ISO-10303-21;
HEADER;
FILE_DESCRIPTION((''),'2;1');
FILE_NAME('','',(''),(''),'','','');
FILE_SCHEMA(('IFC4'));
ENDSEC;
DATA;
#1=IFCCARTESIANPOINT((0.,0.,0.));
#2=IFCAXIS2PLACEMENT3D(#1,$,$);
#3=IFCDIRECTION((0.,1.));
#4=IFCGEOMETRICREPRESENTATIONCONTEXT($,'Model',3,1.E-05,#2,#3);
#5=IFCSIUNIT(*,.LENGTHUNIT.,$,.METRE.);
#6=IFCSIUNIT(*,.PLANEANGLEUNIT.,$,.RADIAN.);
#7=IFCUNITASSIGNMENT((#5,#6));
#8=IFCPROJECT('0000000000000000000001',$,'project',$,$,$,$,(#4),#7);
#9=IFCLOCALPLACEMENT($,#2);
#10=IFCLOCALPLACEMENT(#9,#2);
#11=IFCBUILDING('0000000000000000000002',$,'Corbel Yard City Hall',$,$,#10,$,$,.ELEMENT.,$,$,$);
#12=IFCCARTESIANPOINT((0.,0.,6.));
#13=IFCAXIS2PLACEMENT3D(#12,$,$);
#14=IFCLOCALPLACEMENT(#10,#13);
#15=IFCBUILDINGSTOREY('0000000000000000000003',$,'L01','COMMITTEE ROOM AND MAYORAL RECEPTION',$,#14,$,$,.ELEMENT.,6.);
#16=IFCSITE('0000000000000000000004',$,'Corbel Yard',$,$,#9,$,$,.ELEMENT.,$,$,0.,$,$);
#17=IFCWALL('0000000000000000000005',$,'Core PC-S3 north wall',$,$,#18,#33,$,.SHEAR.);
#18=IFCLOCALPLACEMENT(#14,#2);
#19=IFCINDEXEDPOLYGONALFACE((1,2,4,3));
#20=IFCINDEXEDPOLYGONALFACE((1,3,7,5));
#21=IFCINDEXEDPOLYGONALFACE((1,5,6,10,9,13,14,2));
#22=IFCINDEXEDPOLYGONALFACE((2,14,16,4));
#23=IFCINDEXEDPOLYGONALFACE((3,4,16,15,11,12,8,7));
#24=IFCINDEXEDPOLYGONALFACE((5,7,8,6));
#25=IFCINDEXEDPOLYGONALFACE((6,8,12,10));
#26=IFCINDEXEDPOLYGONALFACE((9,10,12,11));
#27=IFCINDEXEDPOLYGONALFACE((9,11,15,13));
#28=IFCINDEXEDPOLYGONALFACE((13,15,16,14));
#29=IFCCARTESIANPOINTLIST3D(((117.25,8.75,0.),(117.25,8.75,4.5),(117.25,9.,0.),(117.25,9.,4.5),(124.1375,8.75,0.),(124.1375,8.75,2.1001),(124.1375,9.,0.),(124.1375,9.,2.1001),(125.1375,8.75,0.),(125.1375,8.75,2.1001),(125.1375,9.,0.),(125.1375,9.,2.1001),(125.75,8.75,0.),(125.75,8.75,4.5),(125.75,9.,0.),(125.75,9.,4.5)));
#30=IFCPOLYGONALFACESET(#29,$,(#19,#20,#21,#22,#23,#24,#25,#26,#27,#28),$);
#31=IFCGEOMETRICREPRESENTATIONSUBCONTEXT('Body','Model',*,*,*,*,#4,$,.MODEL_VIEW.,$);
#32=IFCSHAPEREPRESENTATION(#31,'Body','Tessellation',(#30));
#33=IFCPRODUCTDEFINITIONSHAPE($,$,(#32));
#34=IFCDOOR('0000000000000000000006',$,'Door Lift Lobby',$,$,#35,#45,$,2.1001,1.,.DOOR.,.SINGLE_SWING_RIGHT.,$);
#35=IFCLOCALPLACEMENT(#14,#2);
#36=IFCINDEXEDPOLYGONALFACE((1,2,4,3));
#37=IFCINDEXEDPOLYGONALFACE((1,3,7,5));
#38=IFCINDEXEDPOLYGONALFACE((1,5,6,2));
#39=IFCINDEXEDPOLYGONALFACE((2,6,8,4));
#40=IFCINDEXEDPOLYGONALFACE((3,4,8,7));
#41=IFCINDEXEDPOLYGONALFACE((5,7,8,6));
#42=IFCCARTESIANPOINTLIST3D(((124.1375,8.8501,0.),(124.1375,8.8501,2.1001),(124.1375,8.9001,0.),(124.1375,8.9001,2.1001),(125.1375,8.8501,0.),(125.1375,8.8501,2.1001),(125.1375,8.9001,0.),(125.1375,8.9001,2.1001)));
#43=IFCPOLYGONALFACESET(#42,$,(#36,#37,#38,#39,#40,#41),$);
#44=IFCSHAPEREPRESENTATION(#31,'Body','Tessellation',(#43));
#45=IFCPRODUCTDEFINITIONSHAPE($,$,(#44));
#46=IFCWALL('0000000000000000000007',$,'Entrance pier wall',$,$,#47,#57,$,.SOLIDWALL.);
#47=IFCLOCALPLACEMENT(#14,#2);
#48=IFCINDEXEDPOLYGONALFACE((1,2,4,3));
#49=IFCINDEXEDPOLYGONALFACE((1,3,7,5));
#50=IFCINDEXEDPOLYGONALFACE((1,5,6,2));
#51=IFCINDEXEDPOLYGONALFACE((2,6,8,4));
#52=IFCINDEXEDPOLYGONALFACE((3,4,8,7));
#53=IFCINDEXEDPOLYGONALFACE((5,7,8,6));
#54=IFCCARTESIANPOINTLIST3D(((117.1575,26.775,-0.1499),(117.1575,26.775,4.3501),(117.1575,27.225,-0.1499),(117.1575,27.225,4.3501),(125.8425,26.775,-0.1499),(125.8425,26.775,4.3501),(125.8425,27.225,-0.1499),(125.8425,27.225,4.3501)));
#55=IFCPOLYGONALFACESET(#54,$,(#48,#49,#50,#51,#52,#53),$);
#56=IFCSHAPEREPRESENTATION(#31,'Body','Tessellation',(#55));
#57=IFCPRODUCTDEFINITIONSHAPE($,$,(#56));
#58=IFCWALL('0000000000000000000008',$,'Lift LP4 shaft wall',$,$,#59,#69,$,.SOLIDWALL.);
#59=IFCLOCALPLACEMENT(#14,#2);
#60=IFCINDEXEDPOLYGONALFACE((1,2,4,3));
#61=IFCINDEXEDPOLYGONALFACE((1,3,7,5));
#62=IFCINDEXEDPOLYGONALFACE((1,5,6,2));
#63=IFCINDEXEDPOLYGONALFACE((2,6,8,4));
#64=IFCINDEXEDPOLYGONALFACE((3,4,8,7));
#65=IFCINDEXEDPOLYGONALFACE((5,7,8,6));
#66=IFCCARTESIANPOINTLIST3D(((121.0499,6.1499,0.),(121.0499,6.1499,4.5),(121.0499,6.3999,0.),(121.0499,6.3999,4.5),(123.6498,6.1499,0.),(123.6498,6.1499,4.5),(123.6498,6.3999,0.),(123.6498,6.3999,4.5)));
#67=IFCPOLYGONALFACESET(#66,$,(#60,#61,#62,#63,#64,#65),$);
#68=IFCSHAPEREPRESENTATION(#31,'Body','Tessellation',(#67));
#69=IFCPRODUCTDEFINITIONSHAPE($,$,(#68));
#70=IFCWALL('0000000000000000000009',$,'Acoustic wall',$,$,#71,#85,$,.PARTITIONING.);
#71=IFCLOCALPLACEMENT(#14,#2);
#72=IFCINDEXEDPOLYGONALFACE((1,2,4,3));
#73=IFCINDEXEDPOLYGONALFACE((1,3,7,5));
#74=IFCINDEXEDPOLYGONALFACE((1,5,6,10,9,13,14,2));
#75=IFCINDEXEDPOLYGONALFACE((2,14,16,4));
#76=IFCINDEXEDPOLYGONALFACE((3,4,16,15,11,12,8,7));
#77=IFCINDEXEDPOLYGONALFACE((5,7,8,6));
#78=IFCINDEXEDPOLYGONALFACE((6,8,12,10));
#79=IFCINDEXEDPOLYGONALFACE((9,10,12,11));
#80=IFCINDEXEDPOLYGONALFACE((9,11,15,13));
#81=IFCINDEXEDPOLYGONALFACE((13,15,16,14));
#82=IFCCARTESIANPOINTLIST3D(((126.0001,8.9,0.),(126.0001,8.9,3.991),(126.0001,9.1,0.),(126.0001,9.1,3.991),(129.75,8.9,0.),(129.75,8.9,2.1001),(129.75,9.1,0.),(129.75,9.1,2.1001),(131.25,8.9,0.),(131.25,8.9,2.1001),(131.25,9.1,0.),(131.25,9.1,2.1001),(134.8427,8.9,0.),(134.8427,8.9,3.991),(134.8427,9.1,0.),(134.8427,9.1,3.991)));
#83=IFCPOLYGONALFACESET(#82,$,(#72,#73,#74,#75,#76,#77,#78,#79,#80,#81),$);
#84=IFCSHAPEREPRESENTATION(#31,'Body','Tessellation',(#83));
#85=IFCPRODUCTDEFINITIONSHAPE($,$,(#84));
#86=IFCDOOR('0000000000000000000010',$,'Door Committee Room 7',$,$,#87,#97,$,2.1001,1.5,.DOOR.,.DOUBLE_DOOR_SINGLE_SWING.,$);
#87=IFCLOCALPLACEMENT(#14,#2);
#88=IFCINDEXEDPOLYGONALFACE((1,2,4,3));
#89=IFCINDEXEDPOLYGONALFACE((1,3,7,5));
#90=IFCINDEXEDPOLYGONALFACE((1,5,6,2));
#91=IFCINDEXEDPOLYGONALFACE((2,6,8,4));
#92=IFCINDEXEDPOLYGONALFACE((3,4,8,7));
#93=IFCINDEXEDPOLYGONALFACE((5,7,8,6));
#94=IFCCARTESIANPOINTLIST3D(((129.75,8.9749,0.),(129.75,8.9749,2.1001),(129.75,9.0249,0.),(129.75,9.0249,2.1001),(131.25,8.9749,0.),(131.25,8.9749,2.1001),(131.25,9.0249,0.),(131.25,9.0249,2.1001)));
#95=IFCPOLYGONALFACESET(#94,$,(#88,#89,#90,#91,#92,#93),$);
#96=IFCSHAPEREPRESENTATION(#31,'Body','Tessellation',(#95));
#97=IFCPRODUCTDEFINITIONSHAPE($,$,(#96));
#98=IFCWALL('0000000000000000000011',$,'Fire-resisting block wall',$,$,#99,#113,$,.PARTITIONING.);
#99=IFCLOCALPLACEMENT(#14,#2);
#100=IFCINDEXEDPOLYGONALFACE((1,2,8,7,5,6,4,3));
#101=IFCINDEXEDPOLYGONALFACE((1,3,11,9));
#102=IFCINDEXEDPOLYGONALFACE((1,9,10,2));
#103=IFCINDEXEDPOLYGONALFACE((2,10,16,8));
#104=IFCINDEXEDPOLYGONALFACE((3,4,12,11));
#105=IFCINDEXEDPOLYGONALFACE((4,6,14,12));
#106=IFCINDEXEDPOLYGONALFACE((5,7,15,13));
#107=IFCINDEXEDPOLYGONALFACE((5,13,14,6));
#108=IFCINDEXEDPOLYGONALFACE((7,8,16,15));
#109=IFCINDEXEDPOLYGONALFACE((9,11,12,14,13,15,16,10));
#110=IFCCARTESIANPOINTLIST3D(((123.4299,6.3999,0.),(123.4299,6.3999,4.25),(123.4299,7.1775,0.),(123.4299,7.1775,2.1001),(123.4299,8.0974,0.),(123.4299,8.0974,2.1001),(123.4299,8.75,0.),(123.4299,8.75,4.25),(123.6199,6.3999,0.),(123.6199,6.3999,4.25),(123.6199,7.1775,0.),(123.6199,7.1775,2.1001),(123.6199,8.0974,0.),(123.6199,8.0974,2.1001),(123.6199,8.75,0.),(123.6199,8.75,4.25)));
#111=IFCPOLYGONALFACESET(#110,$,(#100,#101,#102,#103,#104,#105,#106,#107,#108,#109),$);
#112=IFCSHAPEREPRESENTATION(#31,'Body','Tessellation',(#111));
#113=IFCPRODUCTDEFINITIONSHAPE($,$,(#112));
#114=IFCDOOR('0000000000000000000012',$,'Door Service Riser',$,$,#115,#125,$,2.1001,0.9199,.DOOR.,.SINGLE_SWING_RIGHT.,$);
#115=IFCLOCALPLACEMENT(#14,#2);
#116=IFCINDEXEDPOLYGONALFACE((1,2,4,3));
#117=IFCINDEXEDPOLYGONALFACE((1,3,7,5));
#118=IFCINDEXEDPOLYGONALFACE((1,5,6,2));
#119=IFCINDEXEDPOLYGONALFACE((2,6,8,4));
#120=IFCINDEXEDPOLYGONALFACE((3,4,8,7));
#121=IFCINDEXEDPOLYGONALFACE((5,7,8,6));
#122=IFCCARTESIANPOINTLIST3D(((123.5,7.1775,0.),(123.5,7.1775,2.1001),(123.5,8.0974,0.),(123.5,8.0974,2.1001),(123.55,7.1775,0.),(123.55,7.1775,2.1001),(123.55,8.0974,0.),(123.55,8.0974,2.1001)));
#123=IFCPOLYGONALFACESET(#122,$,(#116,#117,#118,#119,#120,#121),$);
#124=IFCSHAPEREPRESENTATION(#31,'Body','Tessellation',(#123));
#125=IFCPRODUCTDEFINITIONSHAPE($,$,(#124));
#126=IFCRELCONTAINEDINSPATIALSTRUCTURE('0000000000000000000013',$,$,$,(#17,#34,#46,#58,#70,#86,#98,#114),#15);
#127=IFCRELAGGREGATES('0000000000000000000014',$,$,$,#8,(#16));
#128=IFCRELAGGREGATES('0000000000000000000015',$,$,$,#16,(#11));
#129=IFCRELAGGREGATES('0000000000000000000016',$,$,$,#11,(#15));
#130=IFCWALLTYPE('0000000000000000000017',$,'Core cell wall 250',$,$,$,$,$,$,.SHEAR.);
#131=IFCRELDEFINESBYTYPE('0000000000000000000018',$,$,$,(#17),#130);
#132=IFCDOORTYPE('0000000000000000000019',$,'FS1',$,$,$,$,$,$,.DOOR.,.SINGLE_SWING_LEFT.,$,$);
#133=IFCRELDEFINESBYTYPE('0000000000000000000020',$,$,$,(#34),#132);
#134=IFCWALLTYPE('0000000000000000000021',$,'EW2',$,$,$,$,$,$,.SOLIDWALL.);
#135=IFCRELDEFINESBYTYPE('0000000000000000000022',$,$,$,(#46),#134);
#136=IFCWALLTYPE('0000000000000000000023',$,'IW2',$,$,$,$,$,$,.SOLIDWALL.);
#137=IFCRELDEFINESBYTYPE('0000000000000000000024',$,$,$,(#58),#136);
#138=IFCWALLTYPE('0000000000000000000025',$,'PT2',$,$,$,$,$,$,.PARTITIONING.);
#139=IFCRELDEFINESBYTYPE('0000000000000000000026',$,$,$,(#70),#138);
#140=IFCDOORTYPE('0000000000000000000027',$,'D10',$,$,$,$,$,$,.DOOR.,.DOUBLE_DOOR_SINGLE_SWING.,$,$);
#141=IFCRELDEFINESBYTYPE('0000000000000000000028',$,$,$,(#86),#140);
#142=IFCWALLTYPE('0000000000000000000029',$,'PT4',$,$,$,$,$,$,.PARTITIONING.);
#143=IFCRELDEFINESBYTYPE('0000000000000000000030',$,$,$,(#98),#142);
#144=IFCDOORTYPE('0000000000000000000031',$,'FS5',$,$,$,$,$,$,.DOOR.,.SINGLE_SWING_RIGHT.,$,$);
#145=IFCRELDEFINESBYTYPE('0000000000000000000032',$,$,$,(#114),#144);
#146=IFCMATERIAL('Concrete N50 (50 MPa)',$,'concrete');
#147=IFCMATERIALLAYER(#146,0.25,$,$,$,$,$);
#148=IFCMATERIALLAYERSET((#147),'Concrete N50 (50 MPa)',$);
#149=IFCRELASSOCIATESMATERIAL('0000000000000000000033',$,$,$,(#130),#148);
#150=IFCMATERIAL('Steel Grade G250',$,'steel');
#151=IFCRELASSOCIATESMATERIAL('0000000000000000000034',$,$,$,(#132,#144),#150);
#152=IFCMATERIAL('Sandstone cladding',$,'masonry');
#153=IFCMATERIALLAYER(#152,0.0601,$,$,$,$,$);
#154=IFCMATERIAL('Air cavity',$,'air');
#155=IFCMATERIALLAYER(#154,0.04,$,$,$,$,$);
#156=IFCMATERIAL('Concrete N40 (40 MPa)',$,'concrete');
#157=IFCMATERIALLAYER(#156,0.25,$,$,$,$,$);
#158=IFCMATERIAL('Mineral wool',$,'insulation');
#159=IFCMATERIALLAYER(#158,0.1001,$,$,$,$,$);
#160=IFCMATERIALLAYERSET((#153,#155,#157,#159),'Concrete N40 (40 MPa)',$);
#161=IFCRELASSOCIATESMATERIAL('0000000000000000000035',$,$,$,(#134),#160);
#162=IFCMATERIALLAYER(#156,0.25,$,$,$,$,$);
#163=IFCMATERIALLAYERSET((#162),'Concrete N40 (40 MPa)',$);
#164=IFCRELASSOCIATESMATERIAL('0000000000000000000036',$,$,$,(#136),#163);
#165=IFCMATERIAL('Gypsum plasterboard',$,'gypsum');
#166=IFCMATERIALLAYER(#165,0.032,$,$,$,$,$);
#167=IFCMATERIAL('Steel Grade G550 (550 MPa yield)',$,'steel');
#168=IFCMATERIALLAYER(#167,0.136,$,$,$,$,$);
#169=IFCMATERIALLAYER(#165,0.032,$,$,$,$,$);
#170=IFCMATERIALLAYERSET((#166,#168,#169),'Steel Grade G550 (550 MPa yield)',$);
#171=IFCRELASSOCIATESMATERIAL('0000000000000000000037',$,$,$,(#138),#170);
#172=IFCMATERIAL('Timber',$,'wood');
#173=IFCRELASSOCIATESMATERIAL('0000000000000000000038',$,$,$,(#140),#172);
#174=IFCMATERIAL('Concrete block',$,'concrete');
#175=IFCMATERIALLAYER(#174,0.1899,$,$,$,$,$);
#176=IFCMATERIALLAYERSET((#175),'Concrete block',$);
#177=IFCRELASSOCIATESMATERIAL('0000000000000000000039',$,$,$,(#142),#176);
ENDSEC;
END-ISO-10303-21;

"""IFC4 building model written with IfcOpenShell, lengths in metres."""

from ifc_helpers import new_model, si_unit, direction, frame, frame_2d, origin, place, context, subcontext, project, spatial, rectangle, extrude, material, layer, layer_set, type_object, element, fill, save


model = new_model("IFC4")

# Units and contexts
model_context = context("Model", 3, precision=1e-05, world=origin(), true_north=direction((0.0, 1.0)))
body_context = subcontext(model_context, "Body", "Model", "MODEL_VIEW")
ifc_project = project(units=[si_unit("LENGTHUNIT", "METRE"), si_unit("PLANEANGLEUNIT", "RADIAN")], contexts=[model_context])

# Site, building, storey
site_placement = place(None, origin())
site = spatial("IfcSite", under=ifc_project, at=site_placement, Name="Corbel Yard", CompositionType="ELEMENT", RefElevation=0.0)
building_placement = place(site_placement, origin())
building = spatial("IfcBuilding", under=site, at=building_placement, Name="Corbel Yard City Hall", CompositionType="ELEMENT")
storey_placement = place(building_placement, frame((0.0, 0.0, 6.0)))
storey = spatial("IfcBuildingStorey", under=building, at=storey_placement, Name="L01", Description="COMMITTEE ROOM AND MAYORAL RECEPTION", CompositionType="ELEMENT", Elevation=6.0)

# Wall, opening, door
ifc_material_1 = material(Name="Concrete N50 (50 MPa)", Category="concrete")
ifc_layer_1 = layer(ifc_material_1, 0.25)
ifc_layer_set_1 = layer_set([ifc_layer_1], Name="Concrete N50 (50 MPa)")
wall_type_1 = type_object("IfcWallType", Name="Core cell wall 250", PredefinedType="SHEAR", material=ifc_layer_set_1)
wall_1_placement = place(storey_placement, frame((117.25, 8.875, 0.0), z_axis=(0.0, 0.0, 1.0), x_axis=(1.0, 0.0, 0.0)))
wall_1 = element("IfcWall", 1, at=wall_1_placement, inside=storey, type_object=wall_type_1, Name="Core PC-S3 north wall", PredefinedType="SHEAR", context=body_context, shape_type="SweptSolid", body=[
    extrude(rectangle(XDim=8.5, YDim=0.25, at=frame_2d((4.25, 0.0))), origin(), (0.0, 0.0, 1.0), 4.5),
])
opening_1_placement = place(wall_1_placement, frame((6.8875, 0.0, 0.0)))
opening_1 = element("IfcOpeningElement", 2, at=opening_1_placement, cuts=wall_1, PredefinedType="OPENING", context=body_context, shape_type="SweptSolid", body=[
    extrude(rectangle(XDim=1.0, YDim=2.1001, at=frame_2d((0.5, 1.05))), frame((0.0, 0.135, 0.0), z_axis=(0.0, -1.0, 0.0), x_axis=(1.0, 0.0, 0.0)), (0.0, 0.0, 1.0), 0.27),
])
ifc_material_2 = material(Name="Steel Grade G250", Category="steel")
door_type_1 = type_object("IfcDoorType", Name="FS1", OperationType="SINGLE_SWING_LEFT", PredefinedType="DOOR", material=ifc_material_2)
door_1_placement = place(opening_1_placement, frame((1.0, 0.0, 0.0), z_axis=(0.0, 0.0, 1.0), x_axis=(-1.0, 0.0, 0.0)))
door_1 = element("IfcDoor", 3, at=door_1_placement, inside=storey, type_object=door_type_1, Name="Door Lift Lobby", OperationType="SINGLE_SWING_RIGHT", OverallHeight=2.1001, OverallWidth=1.0, PredefinedType="DOOR", context=body_context, shape_type="SweptSolid", body=[
    extrude(rectangle(XDim=1.0, YDim=2.1001, at=frame_2d((0.5, 1.05))), frame((0.0, 0.0249, 0.0), z_axis=(0.0, -1.0, 0.0), x_axis=(1.0, 0.0, 0.0)), (0.0, 0.0, 1.0), 0.05),
])
fill(opening_1, door_1)

# Walls
ifc_material_3 = material(Name="Sandstone cladding", Category="masonry")
ifc_layer_2 = layer(ifc_material_3, 0.0601)
ifc_material_4 = material(Name="Air cavity", Category="air")
ifc_layer_3 = layer(ifc_material_4, 0.04)
ifc_material_5 = material(Name="Concrete N40 (40 MPa)", Category="concrete")
ifc_layer_4 = layer(ifc_material_5, 0.25)
ifc_material_6 = material(Name="Mineral wool", Category="insulation")
ifc_layer_5 = layer(ifc_material_6, 0.1001)
ifc_layer_set_2 = layer_set([ifc_layer_2, ifc_layer_3, ifc_layer_4, ifc_layer_5], Name="Concrete N40 (40 MPa)")
wall_type_2 = type_object("IfcWallType", Name="EW2", PredefinedType="SOLIDWALL", material=ifc_layer_set_2)
wall_2_placement = place(storey_placement, frame((117.1575, 27.0, -0.1499), z_axis=(0.0, 0.0, 1.0), x_axis=(1.0, 0.0, 0.0)))
element("IfcWall", 4, at=wall_2_placement, inside=storey, type_object=wall_type_2, Name="Entrance pier wall", PredefinedType="SOLIDWALL", context=body_context, shape_type="SweptSolid", body=[
    extrude(rectangle(XDim=8.6851, YDim=0.45, at=frame_2d((4.3425, 0.0))), origin(), (0.0, 0.0, 1.0), 4.5),
])
ifc_layer_6 = layer(ifc_material_5, 0.25)
ifc_layer_set_3 = layer_set([ifc_layer_6], Name="Concrete N40 (40 MPa)")
wall_type_3 = type_object("IfcWallType", Name="IW2", PredefinedType="SOLIDWALL", material=ifc_layer_set_3)
wall_3_placement = place(storey_placement, frame((121.05, 6.2749, 0.0), z_axis=(0.0, 0.0, 1.0), x_axis=(1.0, 0.0, 0.0)))
element("IfcWall", 5, at=wall_3_placement, inside=storey, type_object=wall_type_3, Name="Lift LP4 shaft wall", PredefinedType="SOLIDWALL", context=body_context, shape_type="SweptSolid", body=[
    extrude(rectangle(XDim=2.5999, YDim=0.25, at=frame_2d((1.2998, 0.0))), origin(), (0.0, 0.0, 1.0), 4.5),
])

# Walls, openings, doors
ifc_material_7 = material(Name="Gypsum plasterboard", Category="gypsum")
ifc_layer_7 = layer(ifc_material_7, 0.032)
ifc_material_8 = material(Name="Steel Grade G550 (550 MPa yield)", Category="steel")
ifc_layer_8 = layer(ifc_material_8, 0.136)
ifc_layer_9 = layer(ifc_material_7, 0.032)
ifc_layer_set_4 = layer_set([ifc_layer_7, ifc_layer_8, ifc_layer_9], Name="Steel Grade G550 (550 MPa yield)")
wall_type_4 = type_object("IfcWallType", Name="PT2", PredefinedType="PARTITIONING", material=ifc_layer_set_4)
wall_4_placement = place(storey_placement, frame((126.0, 9.0, 0.0), z_axis=(0.0, 0.0, 1.0), x_axis=(1.0, 0.0, 0.0)))
wall_4 = element("IfcWall", 6, at=wall_4_placement, inside=storey, type_object=wall_type_4, Name="Acoustic wall", PredefinedType="PARTITIONING", context=body_context, shape_type="SweptSolid", body=[
    extrude(rectangle(XDim=8.8425, YDim=0.2, at=frame_2d((4.4214, 0.0))), origin(), (0.0, 0.0, 1.0), 3.991),
])
opening_2_placement = place(wall_4_placement, frame((3.75, 0.0, 0.0)))
opening_2 = element("IfcOpeningElement", 7, at=opening_2_placement, cuts=wall_4, PredefinedType="OPENING", context=body_context, shape_type="SweptSolid", body=[
    extrude(rectangle(XDim=1.5, YDim=2.1001, at=frame_2d((0.75, 1.05))), frame((0.0, 0.1099, 0.0), z_axis=(0.0, -1.0, 0.0), x_axis=(1.0, 0.0, 0.0)), (0.0, 0.0, 1.0), 0.22),
])
ifc_material_9 = material(Name="Timber", Category="wood")
door_type_2 = type_object("IfcDoorType", Name="D10", OperationType="DOUBLE_DOOR_SINGLE_SWING", PredefinedType="DOOR", material=ifc_material_9)
door_2_placement = place(opening_2_placement, origin())
door_2 = element("IfcDoor", 8, at=door_2_placement, inside=storey, type_object=door_type_2, Name="Door Committee Room 7", OperationType="DOUBLE_DOOR_SINGLE_SWING", OverallHeight=2.1001, OverallWidth=1.5, PredefinedType="DOOR", context=body_context, shape_type="SweptSolid", body=[
    extrude(rectangle(XDim=1.5, YDim=2.1001, at=frame_2d((0.75, 1.05))), frame((0.0, 0.0249, 0.0), z_axis=(0.0, -1.0, 0.0), x_axis=(1.0, 0.0, 0.0)), (0.0, 0.0, 1.0), 0.05),
])
fill(opening_2, door_2)
ifc_material_10 = material(Name="Concrete block", Category="concrete")
ifc_layer_10 = layer(ifc_material_10, 0.1899)
ifc_layer_set_5 = layer_set([ifc_layer_10], Name="Concrete block")
wall_type_5 = type_object("IfcWallType", Name="PT4", PredefinedType="PARTITIONING", material=ifc_layer_set_5)
wall_5_placement = place(storey_placement, frame((123.5249, 6.3999, 0.0), z_axis=(0.0, 0.0, 1.0), x_axis=(0.0, 1.0, 0.0)))
wall_5 = element("IfcWall", 9, at=wall_5_placement, inside=storey, type_object=wall_type_5, Name="Fire-resisting block wall", PredefinedType="PARTITIONING", context=body_context, shape_type="SweptSolid", body=[
    extrude(rectangle(XDim=2.3501, YDim=0.1899, at=frame_2d((1.175, 0.0))), origin(), (0.0, 0.0, 1.0), 4.25),
])
opening_3_placement = place(wall_5_placement, frame((0.7776, 0.0, 0.0)))
opening_3 = element("IfcOpeningElement", 10, at=opening_3_placement, cuts=wall_5, PredefinedType="OPENING", context=body_context, shape_type="SweptSolid", body=[
    extrude(rectangle(XDim=0.9199, YDim=2.1001, at=frame_2d((0.46, 1.05))), frame((0.0, 0.105, 0.0), z_axis=(0.0, -1.0, 0.0), x_axis=(1.0, 0.0, 0.0)), (0.0, 0.0, 1.0), 0.21),
])
door_type_3 = type_object("IfcDoorType", Name="FS5", OperationType="SINGLE_SWING_RIGHT", PredefinedType="DOOR", material=ifc_material_2)
door_3_placement = place(opening_3_placement, origin())
door_3 = element("IfcDoor", 11, at=door_3_placement, inside=storey, type_object=door_type_3, Name="Door Service Riser", OperationType="SINGLE_SWING_RIGHT", OverallHeight=2.1001, OverallWidth=0.9199, PredefinedType="DOOR", context=body_context, shape_type="SweptSolid", body=[
    extrude(rectangle(XDim=0.9199, YDim=2.1001, at=frame_2d((0.46, 1.05))), frame((0.0, 0.0249, 0.0), z_axis=(0.0, -1.0, 0.0), x_axis=(1.0, 0.0, 0.0)), (0.0, 0.0, 1.0), 0.05),
])
fill(opening_3, door_3)

save(model, "model.ifc")
